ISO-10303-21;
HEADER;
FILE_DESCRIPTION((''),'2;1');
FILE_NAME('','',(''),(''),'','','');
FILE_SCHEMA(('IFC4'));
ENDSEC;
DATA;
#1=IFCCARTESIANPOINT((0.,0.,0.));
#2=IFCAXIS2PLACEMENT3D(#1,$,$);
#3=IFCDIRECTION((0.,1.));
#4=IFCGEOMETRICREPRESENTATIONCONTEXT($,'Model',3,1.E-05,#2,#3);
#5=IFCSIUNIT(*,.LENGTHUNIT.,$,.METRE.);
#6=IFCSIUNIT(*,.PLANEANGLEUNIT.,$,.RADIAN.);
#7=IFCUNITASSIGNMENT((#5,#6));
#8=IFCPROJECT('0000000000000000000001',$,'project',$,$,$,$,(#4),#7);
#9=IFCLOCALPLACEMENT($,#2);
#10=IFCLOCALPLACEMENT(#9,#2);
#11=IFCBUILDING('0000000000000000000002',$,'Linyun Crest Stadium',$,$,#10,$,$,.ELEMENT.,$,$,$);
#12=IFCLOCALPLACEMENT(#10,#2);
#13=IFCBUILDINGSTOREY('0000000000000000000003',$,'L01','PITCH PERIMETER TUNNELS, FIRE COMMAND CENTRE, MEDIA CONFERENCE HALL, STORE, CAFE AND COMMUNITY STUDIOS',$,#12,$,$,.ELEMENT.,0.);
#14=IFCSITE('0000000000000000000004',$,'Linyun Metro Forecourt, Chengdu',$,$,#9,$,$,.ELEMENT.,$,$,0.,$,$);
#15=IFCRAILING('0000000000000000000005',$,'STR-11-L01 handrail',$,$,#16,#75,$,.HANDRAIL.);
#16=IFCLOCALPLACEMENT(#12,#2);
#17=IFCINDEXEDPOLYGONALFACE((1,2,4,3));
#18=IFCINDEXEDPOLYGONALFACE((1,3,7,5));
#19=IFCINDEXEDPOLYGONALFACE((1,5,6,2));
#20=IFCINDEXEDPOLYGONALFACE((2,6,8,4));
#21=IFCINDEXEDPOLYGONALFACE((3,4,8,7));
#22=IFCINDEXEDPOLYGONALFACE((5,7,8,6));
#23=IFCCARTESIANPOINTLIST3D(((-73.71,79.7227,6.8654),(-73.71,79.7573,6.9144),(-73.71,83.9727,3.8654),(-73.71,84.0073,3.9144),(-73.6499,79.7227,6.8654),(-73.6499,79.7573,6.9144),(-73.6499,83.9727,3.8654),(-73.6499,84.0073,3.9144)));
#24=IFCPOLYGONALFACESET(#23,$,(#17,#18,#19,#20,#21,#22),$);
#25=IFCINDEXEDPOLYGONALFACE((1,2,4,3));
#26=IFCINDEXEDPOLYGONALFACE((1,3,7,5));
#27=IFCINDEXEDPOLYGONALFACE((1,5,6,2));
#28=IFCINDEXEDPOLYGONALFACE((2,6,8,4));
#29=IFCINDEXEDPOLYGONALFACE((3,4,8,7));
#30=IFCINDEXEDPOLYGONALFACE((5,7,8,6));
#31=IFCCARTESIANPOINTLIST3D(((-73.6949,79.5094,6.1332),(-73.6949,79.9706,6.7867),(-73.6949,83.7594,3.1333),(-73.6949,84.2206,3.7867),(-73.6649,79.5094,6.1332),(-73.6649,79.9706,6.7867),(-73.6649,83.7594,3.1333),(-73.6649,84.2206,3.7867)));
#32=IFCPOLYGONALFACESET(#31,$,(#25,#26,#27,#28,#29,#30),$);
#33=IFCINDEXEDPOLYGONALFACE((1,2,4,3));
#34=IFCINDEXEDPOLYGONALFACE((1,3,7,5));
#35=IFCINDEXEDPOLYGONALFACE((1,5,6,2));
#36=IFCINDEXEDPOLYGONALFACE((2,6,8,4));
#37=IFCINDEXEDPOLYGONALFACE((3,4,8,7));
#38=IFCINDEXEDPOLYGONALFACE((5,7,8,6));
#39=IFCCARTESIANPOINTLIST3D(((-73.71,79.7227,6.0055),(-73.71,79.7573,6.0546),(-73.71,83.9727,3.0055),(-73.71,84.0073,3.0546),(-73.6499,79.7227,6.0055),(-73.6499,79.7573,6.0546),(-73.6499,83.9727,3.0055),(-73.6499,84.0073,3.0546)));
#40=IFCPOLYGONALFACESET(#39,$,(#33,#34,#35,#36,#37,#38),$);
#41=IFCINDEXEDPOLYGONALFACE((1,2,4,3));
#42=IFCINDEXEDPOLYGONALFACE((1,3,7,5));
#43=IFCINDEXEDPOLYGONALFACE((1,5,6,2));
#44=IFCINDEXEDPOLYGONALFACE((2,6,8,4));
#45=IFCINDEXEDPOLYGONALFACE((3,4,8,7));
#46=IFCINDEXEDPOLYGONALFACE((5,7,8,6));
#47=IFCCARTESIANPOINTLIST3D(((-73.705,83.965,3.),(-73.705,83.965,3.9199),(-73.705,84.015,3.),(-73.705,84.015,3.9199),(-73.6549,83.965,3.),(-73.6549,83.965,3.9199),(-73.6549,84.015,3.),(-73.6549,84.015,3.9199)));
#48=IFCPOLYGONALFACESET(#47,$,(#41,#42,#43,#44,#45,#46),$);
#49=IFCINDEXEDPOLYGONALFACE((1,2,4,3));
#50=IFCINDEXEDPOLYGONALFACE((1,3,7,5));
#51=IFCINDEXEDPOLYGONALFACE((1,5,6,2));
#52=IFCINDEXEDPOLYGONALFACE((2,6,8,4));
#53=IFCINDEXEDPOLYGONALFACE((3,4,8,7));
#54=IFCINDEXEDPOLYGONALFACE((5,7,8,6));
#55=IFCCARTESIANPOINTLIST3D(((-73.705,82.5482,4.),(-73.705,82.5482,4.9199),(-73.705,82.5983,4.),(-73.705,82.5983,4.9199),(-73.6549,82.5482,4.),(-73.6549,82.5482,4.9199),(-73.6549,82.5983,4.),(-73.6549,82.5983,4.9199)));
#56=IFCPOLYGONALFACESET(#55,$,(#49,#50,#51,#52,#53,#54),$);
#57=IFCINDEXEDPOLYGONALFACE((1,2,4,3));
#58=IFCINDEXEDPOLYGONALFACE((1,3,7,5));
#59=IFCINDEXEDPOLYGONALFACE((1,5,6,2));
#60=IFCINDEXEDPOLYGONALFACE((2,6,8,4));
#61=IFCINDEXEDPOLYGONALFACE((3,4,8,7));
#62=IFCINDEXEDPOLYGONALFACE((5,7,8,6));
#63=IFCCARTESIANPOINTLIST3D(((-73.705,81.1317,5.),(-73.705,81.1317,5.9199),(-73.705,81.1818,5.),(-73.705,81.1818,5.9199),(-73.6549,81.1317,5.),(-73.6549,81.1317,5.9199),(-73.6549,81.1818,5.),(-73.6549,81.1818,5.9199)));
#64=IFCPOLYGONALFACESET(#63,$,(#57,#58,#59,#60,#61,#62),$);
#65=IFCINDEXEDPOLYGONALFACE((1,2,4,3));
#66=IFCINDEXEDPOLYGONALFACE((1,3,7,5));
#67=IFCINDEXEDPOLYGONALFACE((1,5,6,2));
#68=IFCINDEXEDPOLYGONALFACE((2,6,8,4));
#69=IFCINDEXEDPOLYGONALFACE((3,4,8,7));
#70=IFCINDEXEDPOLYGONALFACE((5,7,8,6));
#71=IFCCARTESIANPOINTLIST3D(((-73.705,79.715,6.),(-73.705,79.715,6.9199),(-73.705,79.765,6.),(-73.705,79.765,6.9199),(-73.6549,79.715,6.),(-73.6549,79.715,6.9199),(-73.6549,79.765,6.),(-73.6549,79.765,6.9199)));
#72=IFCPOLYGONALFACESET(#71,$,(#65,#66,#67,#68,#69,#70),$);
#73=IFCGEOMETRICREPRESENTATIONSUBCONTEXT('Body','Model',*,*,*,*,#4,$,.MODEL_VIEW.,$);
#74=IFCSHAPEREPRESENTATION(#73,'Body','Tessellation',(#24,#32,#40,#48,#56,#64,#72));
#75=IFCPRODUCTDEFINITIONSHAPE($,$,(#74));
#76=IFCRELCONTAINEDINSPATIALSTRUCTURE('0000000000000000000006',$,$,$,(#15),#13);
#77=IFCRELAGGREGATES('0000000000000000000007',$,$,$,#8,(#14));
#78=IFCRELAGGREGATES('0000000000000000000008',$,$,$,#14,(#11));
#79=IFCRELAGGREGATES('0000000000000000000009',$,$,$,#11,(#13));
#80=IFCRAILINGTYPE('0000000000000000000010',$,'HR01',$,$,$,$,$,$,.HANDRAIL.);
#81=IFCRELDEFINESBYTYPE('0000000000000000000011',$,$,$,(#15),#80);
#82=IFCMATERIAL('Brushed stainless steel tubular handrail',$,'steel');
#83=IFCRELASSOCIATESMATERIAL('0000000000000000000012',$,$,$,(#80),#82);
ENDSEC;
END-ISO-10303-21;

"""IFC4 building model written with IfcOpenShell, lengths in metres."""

from ifc_helpers import new_model, si_unit, direction, frame, origin, origin_2d, place, context, subcontext, project, spatial, rectangle, extrude, material, type_object, element, save


model = new_model("IFC4")

# Units and contexts
model_context = context("Model", 3, precision=1e-05, world=origin(), true_north=direction((0.0, 1.0)))
body_context = subcontext(model_context, "Body", "Model", "MODEL_VIEW")
ifc_project = project(units=[si_unit("LENGTHUNIT", "METRE"), si_unit("PLANEANGLEUNIT", "RADIAN")], contexts=[model_context])

# Site, building, storey
site_placement = place(None, origin())
site = spatial("IfcSite", under=ifc_project, at=site_placement, Name="Linyun Metro Forecourt, Chengdu", CompositionType="ELEMENT", RefElevation=0.0)
building_placement = place(site_placement, origin())
building = spatial("IfcBuilding", under=site, at=building_placement, Name="Linyun Crest Stadium", CompositionType="ELEMENT")
storey_placement = place(building_placement, origin())
storey = spatial("IfcBuildingStorey", under=building, at=storey_placement, Name="L01", Description="PITCH PERIMETER TUNNELS, FIRE COMMAND CENTRE, MEDIA CONFERENCE HALL, STORE, CAFE AND COMMUNITY STUDIOS", CompositionType="ELEMENT", Elevation=0.0)

# Railing
ifc_material_1 = material(Name="Brushed stainless steel tubular handrail", Category="steel")
railing_type = type_object("IfcRailingType", Name="HR01", PredefinedType="HANDRAIL", material=ifc_material_1)
railing_placement = place(storey_placement, frame((-73.6799, 83.99, 3.0)))
element("IfcRailing", 1, at=railing_placement, inside=storey, type_object=railing_type, Name="STR-11-L01 handrail", PredefinedType="HANDRAIL", context=body_context, shape_type="SweptSolid", body=[
    extrude(rectangle(XDim=0.0601, YDim=0.0601, at=origin_2d()), frame((0.0, 0.0, 0.8899), z_axis=(0.0, -0.816968, 0.576683), x_axis=(1.0, 0.0, 0.0)), (0.0, 0.0, 1.0), 5.2021),
    extrude(rectangle(XDim=0.03, YDim=0.7998, at=origin_2d()), frame((0.0, 0.0, 0.46), z_axis=(0.0, -0.816968, 0.576683), x_axis=(1.0, 0.0, 0.0)), (0.0, 0.0, 1.0), 5.2021),
    extrude(rectangle(XDim=0.0601, YDim=0.0601, at=origin_2d()), frame((0.0, 0.0, 0.03), z_axis=(0.0, -0.816968, 0.576683), x_axis=(1.0, 0.0, 0.0)), (0.0, 0.0, 1.0), 5.2021),
    extrude(rectangle(XDim=0.05, YDim=0.05, at=origin_2d()), origin(), (0.0, 0.0, 1.0), 0.9199),
    extrude(rectangle(XDim=0.05, YDim=0.05, at=origin_2d()), frame((0.0, -1.4167, 1.0)), (0.0, 0.0, 1.0), 0.9199),
    extrude(rectangle(XDim=0.05, YDim=0.05, at=origin_2d()), frame((0.0, -2.8333, 2.0)), (0.0, 0.0, 1.0), 0.9199),
    extrude(rectangle(XDim=0.05, YDim=0.05, at=origin_2d()), frame((0.0, -4.25, 3.0)), (0.0, 0.0, 1.0), 0.9199),
])

save(model, "model.ifc")
